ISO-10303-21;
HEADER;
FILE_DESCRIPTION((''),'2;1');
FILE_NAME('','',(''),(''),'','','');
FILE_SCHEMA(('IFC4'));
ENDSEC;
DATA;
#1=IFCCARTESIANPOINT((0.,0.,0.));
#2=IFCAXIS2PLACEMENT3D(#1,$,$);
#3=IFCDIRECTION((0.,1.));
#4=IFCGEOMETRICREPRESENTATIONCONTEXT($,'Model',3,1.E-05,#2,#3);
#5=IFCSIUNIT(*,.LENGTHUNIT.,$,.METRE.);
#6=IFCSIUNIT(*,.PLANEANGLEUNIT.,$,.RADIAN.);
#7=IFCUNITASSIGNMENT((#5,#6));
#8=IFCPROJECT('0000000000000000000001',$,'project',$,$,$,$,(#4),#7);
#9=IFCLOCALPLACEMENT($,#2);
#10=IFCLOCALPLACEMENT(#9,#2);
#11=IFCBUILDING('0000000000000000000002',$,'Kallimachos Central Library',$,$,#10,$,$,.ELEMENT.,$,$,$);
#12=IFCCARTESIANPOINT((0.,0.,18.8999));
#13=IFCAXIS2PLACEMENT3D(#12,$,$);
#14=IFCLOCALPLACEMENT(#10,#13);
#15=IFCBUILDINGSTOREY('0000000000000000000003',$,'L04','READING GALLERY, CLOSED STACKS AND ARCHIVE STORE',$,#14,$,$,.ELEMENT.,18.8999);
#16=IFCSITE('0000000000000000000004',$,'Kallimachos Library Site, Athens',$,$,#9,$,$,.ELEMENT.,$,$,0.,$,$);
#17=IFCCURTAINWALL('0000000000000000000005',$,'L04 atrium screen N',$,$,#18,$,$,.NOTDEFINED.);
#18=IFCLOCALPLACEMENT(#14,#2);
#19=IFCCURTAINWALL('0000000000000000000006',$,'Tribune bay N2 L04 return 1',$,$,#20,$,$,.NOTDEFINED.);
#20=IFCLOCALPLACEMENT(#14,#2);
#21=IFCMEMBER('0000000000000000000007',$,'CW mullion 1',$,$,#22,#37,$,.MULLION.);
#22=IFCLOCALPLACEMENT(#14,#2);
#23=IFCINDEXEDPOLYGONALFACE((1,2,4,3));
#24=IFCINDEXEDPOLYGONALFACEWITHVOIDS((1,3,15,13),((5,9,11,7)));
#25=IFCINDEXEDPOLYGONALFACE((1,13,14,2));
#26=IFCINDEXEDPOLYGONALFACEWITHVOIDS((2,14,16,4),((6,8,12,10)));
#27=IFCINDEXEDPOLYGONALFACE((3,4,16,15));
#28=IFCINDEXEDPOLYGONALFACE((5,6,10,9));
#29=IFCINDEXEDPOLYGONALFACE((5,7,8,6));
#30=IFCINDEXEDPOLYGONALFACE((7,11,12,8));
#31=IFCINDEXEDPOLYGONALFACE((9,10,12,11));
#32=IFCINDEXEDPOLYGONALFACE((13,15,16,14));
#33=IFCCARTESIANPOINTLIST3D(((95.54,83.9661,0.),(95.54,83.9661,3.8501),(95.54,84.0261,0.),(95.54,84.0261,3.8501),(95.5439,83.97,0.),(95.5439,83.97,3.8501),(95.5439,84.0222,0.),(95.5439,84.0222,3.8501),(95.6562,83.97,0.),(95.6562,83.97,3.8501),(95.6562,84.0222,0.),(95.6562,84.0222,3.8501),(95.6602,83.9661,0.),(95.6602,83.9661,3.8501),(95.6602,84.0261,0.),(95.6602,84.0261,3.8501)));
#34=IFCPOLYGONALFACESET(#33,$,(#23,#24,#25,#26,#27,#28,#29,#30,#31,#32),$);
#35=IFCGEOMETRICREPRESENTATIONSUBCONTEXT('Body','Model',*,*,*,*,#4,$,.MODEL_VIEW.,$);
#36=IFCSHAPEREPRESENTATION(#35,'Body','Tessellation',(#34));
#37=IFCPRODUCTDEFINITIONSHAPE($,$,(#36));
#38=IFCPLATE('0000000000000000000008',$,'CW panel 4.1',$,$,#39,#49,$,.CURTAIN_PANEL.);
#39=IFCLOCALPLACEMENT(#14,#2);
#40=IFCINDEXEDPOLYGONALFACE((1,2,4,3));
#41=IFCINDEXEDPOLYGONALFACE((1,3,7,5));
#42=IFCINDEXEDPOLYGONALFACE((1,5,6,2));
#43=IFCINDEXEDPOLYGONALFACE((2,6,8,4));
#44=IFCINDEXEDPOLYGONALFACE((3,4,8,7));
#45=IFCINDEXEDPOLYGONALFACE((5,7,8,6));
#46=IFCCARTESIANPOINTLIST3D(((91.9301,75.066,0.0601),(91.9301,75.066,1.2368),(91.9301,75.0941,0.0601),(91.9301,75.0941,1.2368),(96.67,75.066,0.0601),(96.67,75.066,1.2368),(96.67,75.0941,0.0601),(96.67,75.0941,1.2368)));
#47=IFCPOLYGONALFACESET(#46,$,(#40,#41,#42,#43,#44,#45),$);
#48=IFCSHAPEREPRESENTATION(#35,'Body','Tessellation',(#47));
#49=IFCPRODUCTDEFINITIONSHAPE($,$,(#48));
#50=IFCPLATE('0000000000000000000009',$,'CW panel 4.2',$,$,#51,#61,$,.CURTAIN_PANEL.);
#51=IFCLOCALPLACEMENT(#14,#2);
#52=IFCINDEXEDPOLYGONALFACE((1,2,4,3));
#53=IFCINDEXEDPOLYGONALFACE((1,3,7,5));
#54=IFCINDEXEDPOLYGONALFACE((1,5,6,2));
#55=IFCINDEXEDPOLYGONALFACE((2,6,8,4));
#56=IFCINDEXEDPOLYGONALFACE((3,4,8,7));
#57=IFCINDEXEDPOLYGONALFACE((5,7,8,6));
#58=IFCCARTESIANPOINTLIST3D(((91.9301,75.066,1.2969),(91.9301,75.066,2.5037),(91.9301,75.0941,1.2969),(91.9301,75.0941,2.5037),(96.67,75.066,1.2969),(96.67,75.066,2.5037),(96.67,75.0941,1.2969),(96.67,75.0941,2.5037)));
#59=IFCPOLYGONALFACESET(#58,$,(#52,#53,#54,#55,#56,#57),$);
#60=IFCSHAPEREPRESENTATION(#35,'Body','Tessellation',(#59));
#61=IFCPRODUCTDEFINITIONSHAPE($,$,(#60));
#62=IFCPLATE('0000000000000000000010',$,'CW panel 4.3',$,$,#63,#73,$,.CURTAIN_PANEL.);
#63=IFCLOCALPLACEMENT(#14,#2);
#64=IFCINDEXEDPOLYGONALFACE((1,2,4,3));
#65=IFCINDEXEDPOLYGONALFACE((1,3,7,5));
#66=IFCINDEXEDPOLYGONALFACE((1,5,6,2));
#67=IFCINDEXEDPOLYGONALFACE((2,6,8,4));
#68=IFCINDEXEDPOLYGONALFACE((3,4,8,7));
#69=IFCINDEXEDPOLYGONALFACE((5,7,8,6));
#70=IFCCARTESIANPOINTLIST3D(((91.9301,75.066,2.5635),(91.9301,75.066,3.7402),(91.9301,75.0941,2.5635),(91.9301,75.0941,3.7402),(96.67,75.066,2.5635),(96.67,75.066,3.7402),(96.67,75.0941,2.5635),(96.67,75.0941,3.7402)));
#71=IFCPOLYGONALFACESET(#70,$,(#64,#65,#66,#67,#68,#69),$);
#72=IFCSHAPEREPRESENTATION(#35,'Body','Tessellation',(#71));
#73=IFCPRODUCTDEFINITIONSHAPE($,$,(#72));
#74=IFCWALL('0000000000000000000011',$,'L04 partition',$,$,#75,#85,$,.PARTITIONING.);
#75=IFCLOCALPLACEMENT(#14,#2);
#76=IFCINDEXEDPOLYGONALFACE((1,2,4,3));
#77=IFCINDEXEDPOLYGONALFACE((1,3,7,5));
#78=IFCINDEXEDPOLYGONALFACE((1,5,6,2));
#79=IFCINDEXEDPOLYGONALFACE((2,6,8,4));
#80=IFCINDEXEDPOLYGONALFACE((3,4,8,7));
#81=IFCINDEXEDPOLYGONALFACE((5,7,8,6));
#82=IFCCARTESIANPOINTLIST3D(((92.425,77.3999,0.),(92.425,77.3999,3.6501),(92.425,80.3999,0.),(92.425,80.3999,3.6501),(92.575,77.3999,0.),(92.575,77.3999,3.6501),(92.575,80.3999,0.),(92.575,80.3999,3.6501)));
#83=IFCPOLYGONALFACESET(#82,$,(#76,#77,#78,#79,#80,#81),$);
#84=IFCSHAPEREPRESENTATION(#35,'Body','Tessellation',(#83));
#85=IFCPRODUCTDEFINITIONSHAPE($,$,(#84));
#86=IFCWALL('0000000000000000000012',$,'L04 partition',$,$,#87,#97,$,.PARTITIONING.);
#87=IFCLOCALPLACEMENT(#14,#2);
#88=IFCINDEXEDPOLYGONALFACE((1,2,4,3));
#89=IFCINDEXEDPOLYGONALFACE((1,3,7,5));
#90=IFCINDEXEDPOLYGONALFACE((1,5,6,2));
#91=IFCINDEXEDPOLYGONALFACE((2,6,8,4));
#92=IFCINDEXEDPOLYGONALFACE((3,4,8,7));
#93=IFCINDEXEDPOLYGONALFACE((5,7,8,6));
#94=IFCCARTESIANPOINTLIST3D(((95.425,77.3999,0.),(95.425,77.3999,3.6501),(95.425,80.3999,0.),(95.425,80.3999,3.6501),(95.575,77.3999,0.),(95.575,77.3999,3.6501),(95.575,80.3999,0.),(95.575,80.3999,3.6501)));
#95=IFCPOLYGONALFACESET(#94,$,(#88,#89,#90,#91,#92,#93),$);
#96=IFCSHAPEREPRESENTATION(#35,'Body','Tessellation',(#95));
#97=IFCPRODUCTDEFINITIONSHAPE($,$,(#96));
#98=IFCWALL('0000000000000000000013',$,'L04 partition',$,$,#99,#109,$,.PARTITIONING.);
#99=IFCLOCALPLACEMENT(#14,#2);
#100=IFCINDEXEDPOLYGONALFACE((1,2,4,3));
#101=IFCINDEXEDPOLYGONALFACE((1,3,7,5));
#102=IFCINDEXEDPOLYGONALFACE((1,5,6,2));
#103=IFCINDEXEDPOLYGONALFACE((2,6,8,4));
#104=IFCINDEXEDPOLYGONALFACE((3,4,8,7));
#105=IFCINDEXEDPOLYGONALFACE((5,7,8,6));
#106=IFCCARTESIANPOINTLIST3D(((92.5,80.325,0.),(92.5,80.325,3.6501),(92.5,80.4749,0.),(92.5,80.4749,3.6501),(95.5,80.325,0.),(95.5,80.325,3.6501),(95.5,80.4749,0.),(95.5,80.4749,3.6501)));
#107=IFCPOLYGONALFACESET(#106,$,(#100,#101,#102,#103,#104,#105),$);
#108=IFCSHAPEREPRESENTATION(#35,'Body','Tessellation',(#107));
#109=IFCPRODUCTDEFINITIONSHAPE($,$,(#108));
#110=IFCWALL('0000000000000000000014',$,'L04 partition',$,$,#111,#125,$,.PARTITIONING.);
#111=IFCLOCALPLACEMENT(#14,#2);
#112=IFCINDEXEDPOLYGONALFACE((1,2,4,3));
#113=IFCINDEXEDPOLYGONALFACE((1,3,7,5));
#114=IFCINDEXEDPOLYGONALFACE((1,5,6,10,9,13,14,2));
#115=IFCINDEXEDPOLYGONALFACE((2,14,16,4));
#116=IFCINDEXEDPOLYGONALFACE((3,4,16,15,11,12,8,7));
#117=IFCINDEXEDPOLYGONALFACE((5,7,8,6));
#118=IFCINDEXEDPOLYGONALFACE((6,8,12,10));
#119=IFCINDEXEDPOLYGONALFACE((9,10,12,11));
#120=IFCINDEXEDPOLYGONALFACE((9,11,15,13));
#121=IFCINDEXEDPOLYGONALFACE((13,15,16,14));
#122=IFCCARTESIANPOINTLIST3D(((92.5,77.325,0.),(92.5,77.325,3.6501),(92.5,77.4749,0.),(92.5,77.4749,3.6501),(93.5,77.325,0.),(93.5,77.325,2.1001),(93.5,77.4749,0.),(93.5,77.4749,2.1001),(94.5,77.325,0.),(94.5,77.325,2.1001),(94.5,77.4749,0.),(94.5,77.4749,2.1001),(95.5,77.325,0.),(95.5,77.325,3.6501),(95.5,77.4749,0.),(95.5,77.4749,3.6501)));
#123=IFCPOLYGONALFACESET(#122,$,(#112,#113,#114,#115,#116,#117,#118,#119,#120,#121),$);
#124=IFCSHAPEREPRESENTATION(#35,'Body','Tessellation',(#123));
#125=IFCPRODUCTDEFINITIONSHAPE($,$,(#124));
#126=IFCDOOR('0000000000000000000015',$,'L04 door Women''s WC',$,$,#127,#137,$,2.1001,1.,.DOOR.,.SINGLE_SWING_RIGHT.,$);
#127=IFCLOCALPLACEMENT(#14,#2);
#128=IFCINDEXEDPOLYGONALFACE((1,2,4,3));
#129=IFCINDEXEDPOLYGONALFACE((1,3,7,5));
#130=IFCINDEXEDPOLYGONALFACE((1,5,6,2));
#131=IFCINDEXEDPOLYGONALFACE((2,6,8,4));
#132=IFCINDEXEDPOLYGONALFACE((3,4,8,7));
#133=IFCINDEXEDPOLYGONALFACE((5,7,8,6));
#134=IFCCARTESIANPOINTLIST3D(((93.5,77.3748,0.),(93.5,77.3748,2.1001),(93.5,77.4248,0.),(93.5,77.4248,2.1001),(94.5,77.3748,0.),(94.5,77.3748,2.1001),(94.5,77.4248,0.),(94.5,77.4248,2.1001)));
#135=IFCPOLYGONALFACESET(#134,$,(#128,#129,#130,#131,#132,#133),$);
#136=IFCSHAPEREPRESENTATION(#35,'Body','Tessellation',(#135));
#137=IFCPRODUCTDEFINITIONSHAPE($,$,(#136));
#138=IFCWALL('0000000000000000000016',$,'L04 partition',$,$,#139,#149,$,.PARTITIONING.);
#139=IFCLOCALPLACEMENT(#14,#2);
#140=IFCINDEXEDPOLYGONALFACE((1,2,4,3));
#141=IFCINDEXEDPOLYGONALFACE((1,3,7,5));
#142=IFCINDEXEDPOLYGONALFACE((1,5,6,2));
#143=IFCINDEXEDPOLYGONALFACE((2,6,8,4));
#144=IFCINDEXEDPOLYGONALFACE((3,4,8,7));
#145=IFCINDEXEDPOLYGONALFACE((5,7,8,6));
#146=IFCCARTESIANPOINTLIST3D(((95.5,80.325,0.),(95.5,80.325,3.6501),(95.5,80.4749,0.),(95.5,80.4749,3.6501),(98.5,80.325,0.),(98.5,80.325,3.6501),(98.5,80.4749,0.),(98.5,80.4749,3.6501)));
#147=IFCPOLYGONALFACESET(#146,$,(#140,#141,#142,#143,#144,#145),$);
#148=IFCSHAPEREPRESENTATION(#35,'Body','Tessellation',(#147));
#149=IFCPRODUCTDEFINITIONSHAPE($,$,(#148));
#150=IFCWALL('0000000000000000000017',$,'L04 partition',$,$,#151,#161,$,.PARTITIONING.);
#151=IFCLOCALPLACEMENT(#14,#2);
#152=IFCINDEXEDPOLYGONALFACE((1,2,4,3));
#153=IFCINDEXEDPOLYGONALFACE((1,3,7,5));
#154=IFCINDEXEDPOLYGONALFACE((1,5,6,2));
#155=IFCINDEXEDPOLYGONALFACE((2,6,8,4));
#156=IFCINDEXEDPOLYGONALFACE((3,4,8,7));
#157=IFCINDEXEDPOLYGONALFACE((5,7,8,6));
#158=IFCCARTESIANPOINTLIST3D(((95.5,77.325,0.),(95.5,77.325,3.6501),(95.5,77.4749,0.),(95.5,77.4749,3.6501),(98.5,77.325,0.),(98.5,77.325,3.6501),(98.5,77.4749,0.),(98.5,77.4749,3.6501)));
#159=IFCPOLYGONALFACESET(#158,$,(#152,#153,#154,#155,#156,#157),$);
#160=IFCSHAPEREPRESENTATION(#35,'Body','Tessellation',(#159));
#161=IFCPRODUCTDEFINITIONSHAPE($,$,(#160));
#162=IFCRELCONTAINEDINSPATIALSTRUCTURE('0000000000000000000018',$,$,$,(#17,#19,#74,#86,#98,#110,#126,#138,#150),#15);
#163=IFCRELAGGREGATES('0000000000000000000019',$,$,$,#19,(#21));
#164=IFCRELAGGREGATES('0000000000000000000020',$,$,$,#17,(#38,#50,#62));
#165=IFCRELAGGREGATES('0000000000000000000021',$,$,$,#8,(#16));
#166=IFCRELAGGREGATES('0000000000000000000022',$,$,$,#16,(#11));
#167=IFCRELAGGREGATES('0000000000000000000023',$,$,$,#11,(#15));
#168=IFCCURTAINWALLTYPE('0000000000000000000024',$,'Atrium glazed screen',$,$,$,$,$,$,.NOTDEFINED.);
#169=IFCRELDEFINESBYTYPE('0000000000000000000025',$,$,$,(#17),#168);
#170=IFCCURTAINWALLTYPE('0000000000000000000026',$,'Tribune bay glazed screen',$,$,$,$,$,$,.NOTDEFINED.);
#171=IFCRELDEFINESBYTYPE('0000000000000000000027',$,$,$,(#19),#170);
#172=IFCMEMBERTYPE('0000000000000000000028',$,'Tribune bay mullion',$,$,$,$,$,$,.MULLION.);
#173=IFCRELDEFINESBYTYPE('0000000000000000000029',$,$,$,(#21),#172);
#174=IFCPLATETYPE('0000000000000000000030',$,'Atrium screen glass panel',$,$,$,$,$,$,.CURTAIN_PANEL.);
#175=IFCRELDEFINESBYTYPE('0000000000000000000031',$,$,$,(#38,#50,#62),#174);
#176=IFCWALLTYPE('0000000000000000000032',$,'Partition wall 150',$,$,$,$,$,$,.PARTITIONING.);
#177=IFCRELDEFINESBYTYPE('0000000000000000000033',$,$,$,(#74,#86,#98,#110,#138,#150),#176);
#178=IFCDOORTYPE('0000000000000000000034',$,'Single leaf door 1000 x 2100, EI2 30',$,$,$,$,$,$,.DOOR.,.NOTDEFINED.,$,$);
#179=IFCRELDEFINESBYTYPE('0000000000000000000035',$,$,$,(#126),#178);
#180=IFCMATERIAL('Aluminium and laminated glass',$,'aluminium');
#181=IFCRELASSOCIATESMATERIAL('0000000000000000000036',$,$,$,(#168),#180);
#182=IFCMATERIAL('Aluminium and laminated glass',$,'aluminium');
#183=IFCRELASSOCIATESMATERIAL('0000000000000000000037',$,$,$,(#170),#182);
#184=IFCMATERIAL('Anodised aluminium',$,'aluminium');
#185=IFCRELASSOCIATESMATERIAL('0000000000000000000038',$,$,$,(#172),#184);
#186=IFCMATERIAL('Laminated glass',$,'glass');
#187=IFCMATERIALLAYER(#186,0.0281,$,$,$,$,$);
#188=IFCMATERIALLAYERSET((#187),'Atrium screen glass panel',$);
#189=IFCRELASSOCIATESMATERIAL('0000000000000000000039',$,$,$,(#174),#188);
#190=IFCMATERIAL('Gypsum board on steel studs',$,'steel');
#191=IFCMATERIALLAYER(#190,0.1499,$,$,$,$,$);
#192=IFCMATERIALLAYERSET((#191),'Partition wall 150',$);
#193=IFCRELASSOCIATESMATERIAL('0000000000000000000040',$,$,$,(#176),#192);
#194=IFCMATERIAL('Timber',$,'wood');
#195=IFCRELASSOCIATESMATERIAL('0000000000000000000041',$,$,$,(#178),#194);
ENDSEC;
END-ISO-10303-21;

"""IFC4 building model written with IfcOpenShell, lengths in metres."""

from ifc_helpers import new_model, si_unit, direction, frame, frame_2d, origin, origin_2d, place, context, subcontext, project, spatial, rectangle, hollow_rectangle, extrude, material, layer, layer_set, material_profile, profile_set, type_object, element, fill, aggregate, save


model = new_model("IFC4")

# Units and contexts
model_context = context("Model", 3, precision=1e-05, world=origin(), true_north=direction((0.0, 1.0)))
body_context = subcontext(model_context, "Body", "Model", "MODEL_VIEW")
ifc_project = project(units=[si_unit("LENGTHUNIT", "METRE"), si_unit("PLANEANGLEUNIT", "RADIAN")], contexts=[model_context])

# Site, building, storey
site_placement = place(None, origin())
site = spatial("IfcSite", under=ifc_project, at=site_placement, Name="Kallimachos Library Site, Athens", CompositionType="ELEMENT", RefElevation=0.0)
building_placement = place(site_placement, origin())
building = spatial("IfcBuilding", under=site, at=building_placement, Name="Kallimachos Central Library", CompositionType="ELEMENT")
storey_placement = place(building_placement, frame((0.0, 0.0, 18.8999)))
storey = spatial("IfcBuildingStorey", under=building, at=storey_placement, Name="L04", Description="READING GALLERY, CLOSED STACKS AND ARCHIVE STORE", CompositionType="ELEMENT", Elevation=18.8999)

# Curtain wall
ifc_material_1 = material(Name="Aluminium and laminated glass", Category="aluminium")
curtain_wall_type_1 = type_object("IfcCurtainWallType", Name="Atrium glazed screen", PredefinedType="NOTDEFINED", material=ifc_material_1)
curtain_wall_1_placement = place(storey_placement, origin())
curtain_wall_1 = element("IfcCurtainWall", 1, at=curtain_wall_1_placement, inside=storey, type_object=curtain_wall_type_1, Name="L04 atrium screen N", PredefinedType="NOTDEFINED")

# Curtain wall, member
ifc_material_2 = material(Name="Aluminium and laminated glass", Category="aluminium")
curtain_wall_type_2 = type_object("IfcCurtainWallType", Name="Tribune bay glazed screen", PredefinedType="NOTDEFINED", material=ifc_material_2)
curtain_wall_2_placement = place(storey_placement, origin())
curtain_wall_2 = element("IfcCurtainWall", 2, at=curtain_wall_2_placement, inside=storey, type_object=curtain_wall_type_2, Name="Tribune bay N2 L04 return 1", PredefinedType="NOTDEFINED")
ifc_material_3 = material(Name="Anodised aluminium", Category="aluminium")
ifc_material_profile_1 = material_profile(ifc_material_3, hollow_rectangle(XDim=0.0601, YDim=0.1201, WallThickness=0.0039, at=origin_2d()), Name="ALU MULLION 60x120")
ifc_profile_set_1 = profile_set([ifc_material_profile_1], Name="Anodised aluminium")
member_type_1 = type_object("IfcMemberType", Name="Tribune bay mullion", PredefinedType="MULLION", material=ifc_profile_set_1)
member_1_placement = place(storey_placement, frame((95.6001, 83.9961, 0.0), z_axis=(0.0, 0.0, 1.0), x_axis=(0.0, 1.0, 0.0)))
member_1 = element("IfcMember", 3, at=member_1_placement, type_object=member_type_1, Name="CW mullion 1", PredefinedType="MULLION", context=body_context, shape_type="SweptSolid", body=[
    extrude(hollow_rectangle(XDim=0.0601, YDim=0.1201, WallThickness=0.0039, at=origin_2d()), origin(), (0.0, 0.0, 1.0), 3.8501),
])
aggregate(curtain_wall_2, [member_1])

# Plates
ifc_material_4 = material(Name="Laminated glass", Category="glass")
ifc_layer_1 = layer(ifc_material_4, 0.0281)
ifc_layer_set_1 = layer_set([ifc_layer_1], Name="Atrium screen glass panel")
plate_type = type_object("IfcPlateType", Name="Atrium screen glass panel", PredefinedType="CURTAIN_PANEL", material=ifc_layer_set_1)
plate_1_placement = place(storey_placement, frame((94.3, 75.0801, 0.0601), z_axis=(0.0, 0.0, 1.0), x_axis=(1.0, 0.0, 0.0)))
plate_1 = element("IfcPlate", 4, at=plate_1_placement, type_object=plate_type, Name="CW panel 4.1", PredefinedType="CURTAIN_PANEL", context=body_context, shape_type="SweptSolid", body=[
    extrude(rectangle(XDim=4.74, YDim=0.0281, at=origin_2d()), origin(), (0.0, 0.0, 1.0), 1.1768),
])
plate_2_placement = place(storey_placement, frame((94.3, 75.0801, 1.2969), z_axis=(0.0, 0.0, 1.0), x_axis=(1.0, 0.0, 0.0)))
plate_2 = element("IfcPlate", 5, at=plate_2_placement, type_object=plate_type, Name="CW panel 4.2", PredefinedType="CURTAIN_PANEL", context=body_context, shape_type="SweptSolid", body=[
    extrude(rectangle(XDim=4.74, YDim=0.0281, at=origin_2d()), origin(), (0.0, 0.0, 1.0), 1.2068),
])
plate_3_placement = place(storey_placement, frame((94.3, 75.0801, 2.5635), z_axis=(0.0, 0.0, 1.0), x_axis=(1.0, 0.0, 0.0)))
plate_3 = element("IfcPlate", 6, at=plate_3_placement, type_object=plate_type, Name="CW panel 4.3", PredefinedType="CURTAIN_PANEL", context=body_context, shape_type="SweptSolid", body=[
    extrude(rectangle(XDim=4.74, YDim=0.0281, at=origin_2d()), origin(), (0.0, 0.0, 1.0), 1.1768),
])
aggregate(curtain_wall_1, [plate_1, plate_2, plate_3])

# Walls
ifc_material_5 = material(Name="Gypsum board on steel studs", Category="steel")
ifc_layer_2 = layer(ifc_material_5, 0.1499)
ifc_layer_set_2 = layer_set([ifc_layer_2], Name="Partition wall 150")
wall_type_1 = type_object("IfcWallType", Name="Partition wall 150", PredefinedType="PARTITIONING", material=ifc_layer_set_2)
for number, where, z_axis, x_axis, name in (
    (7, (92.5, 77.3999, 0.0), (0.0, 0.0, 1.0), (0.0, 1.0, 0.0), "L04 partition"),
    (8, (95.5, 77.3999, 0.0), (0.0, 0.0, 1.0), (0.0, 1.0, 0.0), "L04 partition"),
    (9, (92.5, 80.3999, 0.0), (0.0, 0.0, 1.0), (1.0, 0.0, 0.0), "L04 partition"),
):
    element("IfcWall", number, at=place(storey_placement, frame(where, z_axis=z_axis, x_axis=x_axis)), inside=storey, type_object=wall_type_1, Name=name, PredefinedType="PARTITIONING", context=body_context, shape_type="SweptSolid", body=[
        extrude(rectangle(XDim=3.0, YDim=0.1499, at=frame_2d((1.5, 0.0))), origin(), (0.0, 0.0, 1.0), 3.6501),
    ])

# Wall, opening, door
wall_1_placement = place(storey_placement, frame((92.5, 77.3999, 0.0), z_axis=(0.0, 0.0, 1.0), x_axis=(1.0, 0.0, 0.0)))
wall_1 = element("IfcWall", 10, at=wall_1_placement, inside=storey, type_object=wall_type_1, Name="L04 partition", PredefinedType="PARTITIONING", context=body_context, shape_type="SweptSolid", body=[
    extrude(rectangle(XDim=3.0, YDim=0.1499, at=frame_2d((1.5, 0.0))), origin(), (0.0, 0.0, 1.0), 3.6501),
])
opening_1_placement = place(wall_1_placement, frame((1.0, 0.0, 0.0)))
opening_1 = element("IfcOpeningElement", 11, at=opening_1_placement, cuts=wall_1, PredefinedType="OPENING", context=body_context, shape_type="SweptSolid", body=[
    extrude(rectangle(XDim=1.0, YDim=2.1001, at=frame_2d((0.5, 1.05))), frame((0.0, 0.085, 0.0), z_axis=(0.0, -1.0, 0.0), x_axis=(1.0, 0.0, 0.0)), (0.0, 0.0, 1.0), 0.1699),
])
ifc_material_6 = material(Name="Timber", Category="wood")
door_type = type_object("IfcDoorType", Name="Single leaf door 1000 x 2100, EI2 30", OperationType="NOTDEFINED", PredefinedType="DOOR", material=ifc_material_6)
door_placement = place(opening_1_placement, origin())
door = element("IfcDoor", 12, at=door_placement, inside=storey, type_object=door_type, Name="L04 door Women's WC", OperationType="SINGLE_SWING_RIGHT", OverallHeight=2.1001, OverallWidth=1.0, PredefinedType="DOOR", context=body_context, shape_type="SweptSolid", body=[
    extrude(rectangle(XDim=1.0, YDim=2.1001, at=frame_2d((0.5, 1.05))), frame((0.0, 0.0249, 0.0), z_axis=(0.0, -1.0, 0.0), x_axis=(1.0, 0.0, 0.0)), (0.0, 0.0, 1.0), 0.05),
])
fill(opening_1, door)

# Walls
for number, where, z_axis, x_axis, name in (
    (13, (95.5, 80.3999, 0.0), (0.0, 0.0, 1.0), (1.0, 0.0, 0.0), "L04 partition"),
    (14, (95.5, 77.3999, 0.0), (0.0, 0.0, 1.0), (1.0, 0.0, 0.0), "L04 partition"),
):
    element("IfcWall", number, at=place(storey_placement, frame(where, z_axis=z_axis, x_axis=x_axis)), inside=storey, type_object=wall_type_1, Name=name, PredefinedType="PARTITIONING", context=body_context, shape_type="SweptSolid", body=[
        extrude(rectangle(XDim=3.0, YDim=0.1499, at=frame_2d((1.5, 0.0))), origin(), (0.0, 0.0, 1.0), 3.6501),
    ])

save(model, "model.ifc")
